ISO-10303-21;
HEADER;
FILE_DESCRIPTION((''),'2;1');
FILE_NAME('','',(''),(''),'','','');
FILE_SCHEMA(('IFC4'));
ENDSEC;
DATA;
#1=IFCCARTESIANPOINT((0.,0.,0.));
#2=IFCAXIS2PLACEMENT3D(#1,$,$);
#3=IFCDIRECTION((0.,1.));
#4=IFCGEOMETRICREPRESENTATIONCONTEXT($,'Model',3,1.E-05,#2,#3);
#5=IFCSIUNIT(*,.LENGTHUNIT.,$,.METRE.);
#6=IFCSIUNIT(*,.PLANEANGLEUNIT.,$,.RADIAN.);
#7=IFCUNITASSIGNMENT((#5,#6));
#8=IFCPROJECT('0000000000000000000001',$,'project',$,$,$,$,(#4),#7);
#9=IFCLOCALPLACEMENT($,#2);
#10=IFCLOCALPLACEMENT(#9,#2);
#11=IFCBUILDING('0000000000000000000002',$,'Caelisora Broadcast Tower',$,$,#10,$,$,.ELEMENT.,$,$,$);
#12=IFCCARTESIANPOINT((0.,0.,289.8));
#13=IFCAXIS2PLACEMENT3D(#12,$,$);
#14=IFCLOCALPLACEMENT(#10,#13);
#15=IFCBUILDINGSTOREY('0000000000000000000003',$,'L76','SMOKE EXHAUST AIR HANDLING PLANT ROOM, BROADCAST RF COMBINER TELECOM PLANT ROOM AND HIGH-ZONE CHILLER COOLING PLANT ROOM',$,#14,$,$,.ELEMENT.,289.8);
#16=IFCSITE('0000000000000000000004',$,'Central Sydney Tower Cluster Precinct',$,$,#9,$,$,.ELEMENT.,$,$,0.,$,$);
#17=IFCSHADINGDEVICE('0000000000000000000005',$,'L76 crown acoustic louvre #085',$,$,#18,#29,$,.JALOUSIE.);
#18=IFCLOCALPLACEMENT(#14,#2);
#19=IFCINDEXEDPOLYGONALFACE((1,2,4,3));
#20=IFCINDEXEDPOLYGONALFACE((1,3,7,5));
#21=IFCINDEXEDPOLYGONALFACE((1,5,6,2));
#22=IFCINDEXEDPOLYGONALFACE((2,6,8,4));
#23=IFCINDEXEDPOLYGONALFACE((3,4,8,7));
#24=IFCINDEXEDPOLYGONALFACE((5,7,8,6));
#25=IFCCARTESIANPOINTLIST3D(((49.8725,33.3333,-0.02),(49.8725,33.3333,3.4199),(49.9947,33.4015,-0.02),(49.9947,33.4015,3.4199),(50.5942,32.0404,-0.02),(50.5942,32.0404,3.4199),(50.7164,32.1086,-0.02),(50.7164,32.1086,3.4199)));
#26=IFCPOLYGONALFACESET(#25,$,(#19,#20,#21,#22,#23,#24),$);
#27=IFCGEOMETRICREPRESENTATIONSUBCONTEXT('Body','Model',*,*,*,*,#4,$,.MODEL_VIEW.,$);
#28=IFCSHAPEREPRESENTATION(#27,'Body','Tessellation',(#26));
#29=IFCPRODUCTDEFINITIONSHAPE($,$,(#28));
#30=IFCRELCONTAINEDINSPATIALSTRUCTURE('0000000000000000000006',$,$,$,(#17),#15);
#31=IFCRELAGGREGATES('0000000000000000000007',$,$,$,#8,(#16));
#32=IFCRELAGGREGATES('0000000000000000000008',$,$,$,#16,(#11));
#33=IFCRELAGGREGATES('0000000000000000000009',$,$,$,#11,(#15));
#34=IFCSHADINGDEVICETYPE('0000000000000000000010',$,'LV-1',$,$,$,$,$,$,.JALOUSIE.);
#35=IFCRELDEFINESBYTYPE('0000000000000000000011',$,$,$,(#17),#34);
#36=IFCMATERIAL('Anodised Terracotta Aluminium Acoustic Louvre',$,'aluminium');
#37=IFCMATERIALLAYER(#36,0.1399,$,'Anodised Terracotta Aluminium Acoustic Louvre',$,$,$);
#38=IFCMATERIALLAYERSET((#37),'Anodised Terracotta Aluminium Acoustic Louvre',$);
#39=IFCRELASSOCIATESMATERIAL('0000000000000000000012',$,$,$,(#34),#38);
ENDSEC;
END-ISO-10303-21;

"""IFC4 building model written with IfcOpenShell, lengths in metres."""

from ifc_helpers import new_model, si_unit, direction, frame, origin, origin_2d, place, context, subcontext, project, spatial, rectangle, extrude, source, transform, mapped, material, layer, layer_set, type_object, type_shapes, element, save


model = new_model("IFC4")

# Units and contexts
model_context = context("Model", 3, precision=1e-05, world=origin(), true_north=direction((0.0, 1.0)))
body_context = subcontext(model_context, "Body", "Model", "MODEL_VIEW")
ifc_project = project(units=[si_unit("LENGTHUNIT", "METRE"), si_unit("PLANEANGLEUNIT", "RADIAN")], contexts=[model_context])

# Site, building, storey
site_placement = place(None, origin())
site = spatial("IfcSite", under=ifc_project, at=site_placement, Name="Central Sydney Tower Cluster Precinct", CompositionType="ELEMENT", RefElevation=0.0)
building_placement = place(site_placement, origin())
building = spatial("IfcBuilding", under=site, at=building_placement, Name="Caelisora Broadcast Tower", CompositionType="ELEMENT")
storey_placement = place(building_placement, frame((0.0, 0.0, 289.8)))
storey = spatial("IfcBuildingStorey", under=building, at=storey_placement, Name="L76", Description="SMOKE EXHAUST AIR HANDLING PLANT ROOM, BROADCAST RF COMBINER TELECOM PLANT ROOM AND HIGH-ZONE CHILLER COOLING PLANT ROOM", CompositionType="ELEMENT", Elevation=289.8)

# Shading device
ifc_material_1 = material(Name="Anodised Terracotta Aluminium Acoustic Louvre", Category="aluminium")
ifc_layer_1 = layer(ifc_material_1, 0.1399, Name="Anodised Terracotta Aluminium Acoustic Louvre")
ifc_layer_set_1 = layer_set([ifc_layer_1], Name="Anodised Terracotta Aluminium Acoustic Louvre")
shading_device_type = type_object("IfcShadingDeviceType", Name="LV-1", PredefinedType="JALOUSIE", material=ifc_layer_set_1)
shared_shape_1 = source(origin(), body_context, "Body", "SweptSolid", [
    extrude(rectangle(XDim=1.4807, YDim=0.1399, at=origin_2d()), origin(), (0.0, 0.0, 1.0), 3.4399),
])
type_shapes(shading_device_type, [shared_shape_1])
for number, where, z_axis, x_axis, name in (
    (1, (50.2944, 32.7209, -0.02), (0.0, 0.0, 1.0), (-0.487403, 0.873177, 0.0), "L76 crown acoustic louvre #085"),
):
    element("IfcShadingDevice", number, at=place(storey_placement, frame(where, z_axis=z_axis, x_axis=x_axis)), inside=storey, type_object=shading_device_type, Name=name, PredefinedType="JALOUSIE", context=body_context, shape_type="MappedRepresentation", body=[
        mapped(shared_shape_1, transform((0.0, 0.0, 0.0), scale=1.0)),
    ])

save(model, "model.ifc")
